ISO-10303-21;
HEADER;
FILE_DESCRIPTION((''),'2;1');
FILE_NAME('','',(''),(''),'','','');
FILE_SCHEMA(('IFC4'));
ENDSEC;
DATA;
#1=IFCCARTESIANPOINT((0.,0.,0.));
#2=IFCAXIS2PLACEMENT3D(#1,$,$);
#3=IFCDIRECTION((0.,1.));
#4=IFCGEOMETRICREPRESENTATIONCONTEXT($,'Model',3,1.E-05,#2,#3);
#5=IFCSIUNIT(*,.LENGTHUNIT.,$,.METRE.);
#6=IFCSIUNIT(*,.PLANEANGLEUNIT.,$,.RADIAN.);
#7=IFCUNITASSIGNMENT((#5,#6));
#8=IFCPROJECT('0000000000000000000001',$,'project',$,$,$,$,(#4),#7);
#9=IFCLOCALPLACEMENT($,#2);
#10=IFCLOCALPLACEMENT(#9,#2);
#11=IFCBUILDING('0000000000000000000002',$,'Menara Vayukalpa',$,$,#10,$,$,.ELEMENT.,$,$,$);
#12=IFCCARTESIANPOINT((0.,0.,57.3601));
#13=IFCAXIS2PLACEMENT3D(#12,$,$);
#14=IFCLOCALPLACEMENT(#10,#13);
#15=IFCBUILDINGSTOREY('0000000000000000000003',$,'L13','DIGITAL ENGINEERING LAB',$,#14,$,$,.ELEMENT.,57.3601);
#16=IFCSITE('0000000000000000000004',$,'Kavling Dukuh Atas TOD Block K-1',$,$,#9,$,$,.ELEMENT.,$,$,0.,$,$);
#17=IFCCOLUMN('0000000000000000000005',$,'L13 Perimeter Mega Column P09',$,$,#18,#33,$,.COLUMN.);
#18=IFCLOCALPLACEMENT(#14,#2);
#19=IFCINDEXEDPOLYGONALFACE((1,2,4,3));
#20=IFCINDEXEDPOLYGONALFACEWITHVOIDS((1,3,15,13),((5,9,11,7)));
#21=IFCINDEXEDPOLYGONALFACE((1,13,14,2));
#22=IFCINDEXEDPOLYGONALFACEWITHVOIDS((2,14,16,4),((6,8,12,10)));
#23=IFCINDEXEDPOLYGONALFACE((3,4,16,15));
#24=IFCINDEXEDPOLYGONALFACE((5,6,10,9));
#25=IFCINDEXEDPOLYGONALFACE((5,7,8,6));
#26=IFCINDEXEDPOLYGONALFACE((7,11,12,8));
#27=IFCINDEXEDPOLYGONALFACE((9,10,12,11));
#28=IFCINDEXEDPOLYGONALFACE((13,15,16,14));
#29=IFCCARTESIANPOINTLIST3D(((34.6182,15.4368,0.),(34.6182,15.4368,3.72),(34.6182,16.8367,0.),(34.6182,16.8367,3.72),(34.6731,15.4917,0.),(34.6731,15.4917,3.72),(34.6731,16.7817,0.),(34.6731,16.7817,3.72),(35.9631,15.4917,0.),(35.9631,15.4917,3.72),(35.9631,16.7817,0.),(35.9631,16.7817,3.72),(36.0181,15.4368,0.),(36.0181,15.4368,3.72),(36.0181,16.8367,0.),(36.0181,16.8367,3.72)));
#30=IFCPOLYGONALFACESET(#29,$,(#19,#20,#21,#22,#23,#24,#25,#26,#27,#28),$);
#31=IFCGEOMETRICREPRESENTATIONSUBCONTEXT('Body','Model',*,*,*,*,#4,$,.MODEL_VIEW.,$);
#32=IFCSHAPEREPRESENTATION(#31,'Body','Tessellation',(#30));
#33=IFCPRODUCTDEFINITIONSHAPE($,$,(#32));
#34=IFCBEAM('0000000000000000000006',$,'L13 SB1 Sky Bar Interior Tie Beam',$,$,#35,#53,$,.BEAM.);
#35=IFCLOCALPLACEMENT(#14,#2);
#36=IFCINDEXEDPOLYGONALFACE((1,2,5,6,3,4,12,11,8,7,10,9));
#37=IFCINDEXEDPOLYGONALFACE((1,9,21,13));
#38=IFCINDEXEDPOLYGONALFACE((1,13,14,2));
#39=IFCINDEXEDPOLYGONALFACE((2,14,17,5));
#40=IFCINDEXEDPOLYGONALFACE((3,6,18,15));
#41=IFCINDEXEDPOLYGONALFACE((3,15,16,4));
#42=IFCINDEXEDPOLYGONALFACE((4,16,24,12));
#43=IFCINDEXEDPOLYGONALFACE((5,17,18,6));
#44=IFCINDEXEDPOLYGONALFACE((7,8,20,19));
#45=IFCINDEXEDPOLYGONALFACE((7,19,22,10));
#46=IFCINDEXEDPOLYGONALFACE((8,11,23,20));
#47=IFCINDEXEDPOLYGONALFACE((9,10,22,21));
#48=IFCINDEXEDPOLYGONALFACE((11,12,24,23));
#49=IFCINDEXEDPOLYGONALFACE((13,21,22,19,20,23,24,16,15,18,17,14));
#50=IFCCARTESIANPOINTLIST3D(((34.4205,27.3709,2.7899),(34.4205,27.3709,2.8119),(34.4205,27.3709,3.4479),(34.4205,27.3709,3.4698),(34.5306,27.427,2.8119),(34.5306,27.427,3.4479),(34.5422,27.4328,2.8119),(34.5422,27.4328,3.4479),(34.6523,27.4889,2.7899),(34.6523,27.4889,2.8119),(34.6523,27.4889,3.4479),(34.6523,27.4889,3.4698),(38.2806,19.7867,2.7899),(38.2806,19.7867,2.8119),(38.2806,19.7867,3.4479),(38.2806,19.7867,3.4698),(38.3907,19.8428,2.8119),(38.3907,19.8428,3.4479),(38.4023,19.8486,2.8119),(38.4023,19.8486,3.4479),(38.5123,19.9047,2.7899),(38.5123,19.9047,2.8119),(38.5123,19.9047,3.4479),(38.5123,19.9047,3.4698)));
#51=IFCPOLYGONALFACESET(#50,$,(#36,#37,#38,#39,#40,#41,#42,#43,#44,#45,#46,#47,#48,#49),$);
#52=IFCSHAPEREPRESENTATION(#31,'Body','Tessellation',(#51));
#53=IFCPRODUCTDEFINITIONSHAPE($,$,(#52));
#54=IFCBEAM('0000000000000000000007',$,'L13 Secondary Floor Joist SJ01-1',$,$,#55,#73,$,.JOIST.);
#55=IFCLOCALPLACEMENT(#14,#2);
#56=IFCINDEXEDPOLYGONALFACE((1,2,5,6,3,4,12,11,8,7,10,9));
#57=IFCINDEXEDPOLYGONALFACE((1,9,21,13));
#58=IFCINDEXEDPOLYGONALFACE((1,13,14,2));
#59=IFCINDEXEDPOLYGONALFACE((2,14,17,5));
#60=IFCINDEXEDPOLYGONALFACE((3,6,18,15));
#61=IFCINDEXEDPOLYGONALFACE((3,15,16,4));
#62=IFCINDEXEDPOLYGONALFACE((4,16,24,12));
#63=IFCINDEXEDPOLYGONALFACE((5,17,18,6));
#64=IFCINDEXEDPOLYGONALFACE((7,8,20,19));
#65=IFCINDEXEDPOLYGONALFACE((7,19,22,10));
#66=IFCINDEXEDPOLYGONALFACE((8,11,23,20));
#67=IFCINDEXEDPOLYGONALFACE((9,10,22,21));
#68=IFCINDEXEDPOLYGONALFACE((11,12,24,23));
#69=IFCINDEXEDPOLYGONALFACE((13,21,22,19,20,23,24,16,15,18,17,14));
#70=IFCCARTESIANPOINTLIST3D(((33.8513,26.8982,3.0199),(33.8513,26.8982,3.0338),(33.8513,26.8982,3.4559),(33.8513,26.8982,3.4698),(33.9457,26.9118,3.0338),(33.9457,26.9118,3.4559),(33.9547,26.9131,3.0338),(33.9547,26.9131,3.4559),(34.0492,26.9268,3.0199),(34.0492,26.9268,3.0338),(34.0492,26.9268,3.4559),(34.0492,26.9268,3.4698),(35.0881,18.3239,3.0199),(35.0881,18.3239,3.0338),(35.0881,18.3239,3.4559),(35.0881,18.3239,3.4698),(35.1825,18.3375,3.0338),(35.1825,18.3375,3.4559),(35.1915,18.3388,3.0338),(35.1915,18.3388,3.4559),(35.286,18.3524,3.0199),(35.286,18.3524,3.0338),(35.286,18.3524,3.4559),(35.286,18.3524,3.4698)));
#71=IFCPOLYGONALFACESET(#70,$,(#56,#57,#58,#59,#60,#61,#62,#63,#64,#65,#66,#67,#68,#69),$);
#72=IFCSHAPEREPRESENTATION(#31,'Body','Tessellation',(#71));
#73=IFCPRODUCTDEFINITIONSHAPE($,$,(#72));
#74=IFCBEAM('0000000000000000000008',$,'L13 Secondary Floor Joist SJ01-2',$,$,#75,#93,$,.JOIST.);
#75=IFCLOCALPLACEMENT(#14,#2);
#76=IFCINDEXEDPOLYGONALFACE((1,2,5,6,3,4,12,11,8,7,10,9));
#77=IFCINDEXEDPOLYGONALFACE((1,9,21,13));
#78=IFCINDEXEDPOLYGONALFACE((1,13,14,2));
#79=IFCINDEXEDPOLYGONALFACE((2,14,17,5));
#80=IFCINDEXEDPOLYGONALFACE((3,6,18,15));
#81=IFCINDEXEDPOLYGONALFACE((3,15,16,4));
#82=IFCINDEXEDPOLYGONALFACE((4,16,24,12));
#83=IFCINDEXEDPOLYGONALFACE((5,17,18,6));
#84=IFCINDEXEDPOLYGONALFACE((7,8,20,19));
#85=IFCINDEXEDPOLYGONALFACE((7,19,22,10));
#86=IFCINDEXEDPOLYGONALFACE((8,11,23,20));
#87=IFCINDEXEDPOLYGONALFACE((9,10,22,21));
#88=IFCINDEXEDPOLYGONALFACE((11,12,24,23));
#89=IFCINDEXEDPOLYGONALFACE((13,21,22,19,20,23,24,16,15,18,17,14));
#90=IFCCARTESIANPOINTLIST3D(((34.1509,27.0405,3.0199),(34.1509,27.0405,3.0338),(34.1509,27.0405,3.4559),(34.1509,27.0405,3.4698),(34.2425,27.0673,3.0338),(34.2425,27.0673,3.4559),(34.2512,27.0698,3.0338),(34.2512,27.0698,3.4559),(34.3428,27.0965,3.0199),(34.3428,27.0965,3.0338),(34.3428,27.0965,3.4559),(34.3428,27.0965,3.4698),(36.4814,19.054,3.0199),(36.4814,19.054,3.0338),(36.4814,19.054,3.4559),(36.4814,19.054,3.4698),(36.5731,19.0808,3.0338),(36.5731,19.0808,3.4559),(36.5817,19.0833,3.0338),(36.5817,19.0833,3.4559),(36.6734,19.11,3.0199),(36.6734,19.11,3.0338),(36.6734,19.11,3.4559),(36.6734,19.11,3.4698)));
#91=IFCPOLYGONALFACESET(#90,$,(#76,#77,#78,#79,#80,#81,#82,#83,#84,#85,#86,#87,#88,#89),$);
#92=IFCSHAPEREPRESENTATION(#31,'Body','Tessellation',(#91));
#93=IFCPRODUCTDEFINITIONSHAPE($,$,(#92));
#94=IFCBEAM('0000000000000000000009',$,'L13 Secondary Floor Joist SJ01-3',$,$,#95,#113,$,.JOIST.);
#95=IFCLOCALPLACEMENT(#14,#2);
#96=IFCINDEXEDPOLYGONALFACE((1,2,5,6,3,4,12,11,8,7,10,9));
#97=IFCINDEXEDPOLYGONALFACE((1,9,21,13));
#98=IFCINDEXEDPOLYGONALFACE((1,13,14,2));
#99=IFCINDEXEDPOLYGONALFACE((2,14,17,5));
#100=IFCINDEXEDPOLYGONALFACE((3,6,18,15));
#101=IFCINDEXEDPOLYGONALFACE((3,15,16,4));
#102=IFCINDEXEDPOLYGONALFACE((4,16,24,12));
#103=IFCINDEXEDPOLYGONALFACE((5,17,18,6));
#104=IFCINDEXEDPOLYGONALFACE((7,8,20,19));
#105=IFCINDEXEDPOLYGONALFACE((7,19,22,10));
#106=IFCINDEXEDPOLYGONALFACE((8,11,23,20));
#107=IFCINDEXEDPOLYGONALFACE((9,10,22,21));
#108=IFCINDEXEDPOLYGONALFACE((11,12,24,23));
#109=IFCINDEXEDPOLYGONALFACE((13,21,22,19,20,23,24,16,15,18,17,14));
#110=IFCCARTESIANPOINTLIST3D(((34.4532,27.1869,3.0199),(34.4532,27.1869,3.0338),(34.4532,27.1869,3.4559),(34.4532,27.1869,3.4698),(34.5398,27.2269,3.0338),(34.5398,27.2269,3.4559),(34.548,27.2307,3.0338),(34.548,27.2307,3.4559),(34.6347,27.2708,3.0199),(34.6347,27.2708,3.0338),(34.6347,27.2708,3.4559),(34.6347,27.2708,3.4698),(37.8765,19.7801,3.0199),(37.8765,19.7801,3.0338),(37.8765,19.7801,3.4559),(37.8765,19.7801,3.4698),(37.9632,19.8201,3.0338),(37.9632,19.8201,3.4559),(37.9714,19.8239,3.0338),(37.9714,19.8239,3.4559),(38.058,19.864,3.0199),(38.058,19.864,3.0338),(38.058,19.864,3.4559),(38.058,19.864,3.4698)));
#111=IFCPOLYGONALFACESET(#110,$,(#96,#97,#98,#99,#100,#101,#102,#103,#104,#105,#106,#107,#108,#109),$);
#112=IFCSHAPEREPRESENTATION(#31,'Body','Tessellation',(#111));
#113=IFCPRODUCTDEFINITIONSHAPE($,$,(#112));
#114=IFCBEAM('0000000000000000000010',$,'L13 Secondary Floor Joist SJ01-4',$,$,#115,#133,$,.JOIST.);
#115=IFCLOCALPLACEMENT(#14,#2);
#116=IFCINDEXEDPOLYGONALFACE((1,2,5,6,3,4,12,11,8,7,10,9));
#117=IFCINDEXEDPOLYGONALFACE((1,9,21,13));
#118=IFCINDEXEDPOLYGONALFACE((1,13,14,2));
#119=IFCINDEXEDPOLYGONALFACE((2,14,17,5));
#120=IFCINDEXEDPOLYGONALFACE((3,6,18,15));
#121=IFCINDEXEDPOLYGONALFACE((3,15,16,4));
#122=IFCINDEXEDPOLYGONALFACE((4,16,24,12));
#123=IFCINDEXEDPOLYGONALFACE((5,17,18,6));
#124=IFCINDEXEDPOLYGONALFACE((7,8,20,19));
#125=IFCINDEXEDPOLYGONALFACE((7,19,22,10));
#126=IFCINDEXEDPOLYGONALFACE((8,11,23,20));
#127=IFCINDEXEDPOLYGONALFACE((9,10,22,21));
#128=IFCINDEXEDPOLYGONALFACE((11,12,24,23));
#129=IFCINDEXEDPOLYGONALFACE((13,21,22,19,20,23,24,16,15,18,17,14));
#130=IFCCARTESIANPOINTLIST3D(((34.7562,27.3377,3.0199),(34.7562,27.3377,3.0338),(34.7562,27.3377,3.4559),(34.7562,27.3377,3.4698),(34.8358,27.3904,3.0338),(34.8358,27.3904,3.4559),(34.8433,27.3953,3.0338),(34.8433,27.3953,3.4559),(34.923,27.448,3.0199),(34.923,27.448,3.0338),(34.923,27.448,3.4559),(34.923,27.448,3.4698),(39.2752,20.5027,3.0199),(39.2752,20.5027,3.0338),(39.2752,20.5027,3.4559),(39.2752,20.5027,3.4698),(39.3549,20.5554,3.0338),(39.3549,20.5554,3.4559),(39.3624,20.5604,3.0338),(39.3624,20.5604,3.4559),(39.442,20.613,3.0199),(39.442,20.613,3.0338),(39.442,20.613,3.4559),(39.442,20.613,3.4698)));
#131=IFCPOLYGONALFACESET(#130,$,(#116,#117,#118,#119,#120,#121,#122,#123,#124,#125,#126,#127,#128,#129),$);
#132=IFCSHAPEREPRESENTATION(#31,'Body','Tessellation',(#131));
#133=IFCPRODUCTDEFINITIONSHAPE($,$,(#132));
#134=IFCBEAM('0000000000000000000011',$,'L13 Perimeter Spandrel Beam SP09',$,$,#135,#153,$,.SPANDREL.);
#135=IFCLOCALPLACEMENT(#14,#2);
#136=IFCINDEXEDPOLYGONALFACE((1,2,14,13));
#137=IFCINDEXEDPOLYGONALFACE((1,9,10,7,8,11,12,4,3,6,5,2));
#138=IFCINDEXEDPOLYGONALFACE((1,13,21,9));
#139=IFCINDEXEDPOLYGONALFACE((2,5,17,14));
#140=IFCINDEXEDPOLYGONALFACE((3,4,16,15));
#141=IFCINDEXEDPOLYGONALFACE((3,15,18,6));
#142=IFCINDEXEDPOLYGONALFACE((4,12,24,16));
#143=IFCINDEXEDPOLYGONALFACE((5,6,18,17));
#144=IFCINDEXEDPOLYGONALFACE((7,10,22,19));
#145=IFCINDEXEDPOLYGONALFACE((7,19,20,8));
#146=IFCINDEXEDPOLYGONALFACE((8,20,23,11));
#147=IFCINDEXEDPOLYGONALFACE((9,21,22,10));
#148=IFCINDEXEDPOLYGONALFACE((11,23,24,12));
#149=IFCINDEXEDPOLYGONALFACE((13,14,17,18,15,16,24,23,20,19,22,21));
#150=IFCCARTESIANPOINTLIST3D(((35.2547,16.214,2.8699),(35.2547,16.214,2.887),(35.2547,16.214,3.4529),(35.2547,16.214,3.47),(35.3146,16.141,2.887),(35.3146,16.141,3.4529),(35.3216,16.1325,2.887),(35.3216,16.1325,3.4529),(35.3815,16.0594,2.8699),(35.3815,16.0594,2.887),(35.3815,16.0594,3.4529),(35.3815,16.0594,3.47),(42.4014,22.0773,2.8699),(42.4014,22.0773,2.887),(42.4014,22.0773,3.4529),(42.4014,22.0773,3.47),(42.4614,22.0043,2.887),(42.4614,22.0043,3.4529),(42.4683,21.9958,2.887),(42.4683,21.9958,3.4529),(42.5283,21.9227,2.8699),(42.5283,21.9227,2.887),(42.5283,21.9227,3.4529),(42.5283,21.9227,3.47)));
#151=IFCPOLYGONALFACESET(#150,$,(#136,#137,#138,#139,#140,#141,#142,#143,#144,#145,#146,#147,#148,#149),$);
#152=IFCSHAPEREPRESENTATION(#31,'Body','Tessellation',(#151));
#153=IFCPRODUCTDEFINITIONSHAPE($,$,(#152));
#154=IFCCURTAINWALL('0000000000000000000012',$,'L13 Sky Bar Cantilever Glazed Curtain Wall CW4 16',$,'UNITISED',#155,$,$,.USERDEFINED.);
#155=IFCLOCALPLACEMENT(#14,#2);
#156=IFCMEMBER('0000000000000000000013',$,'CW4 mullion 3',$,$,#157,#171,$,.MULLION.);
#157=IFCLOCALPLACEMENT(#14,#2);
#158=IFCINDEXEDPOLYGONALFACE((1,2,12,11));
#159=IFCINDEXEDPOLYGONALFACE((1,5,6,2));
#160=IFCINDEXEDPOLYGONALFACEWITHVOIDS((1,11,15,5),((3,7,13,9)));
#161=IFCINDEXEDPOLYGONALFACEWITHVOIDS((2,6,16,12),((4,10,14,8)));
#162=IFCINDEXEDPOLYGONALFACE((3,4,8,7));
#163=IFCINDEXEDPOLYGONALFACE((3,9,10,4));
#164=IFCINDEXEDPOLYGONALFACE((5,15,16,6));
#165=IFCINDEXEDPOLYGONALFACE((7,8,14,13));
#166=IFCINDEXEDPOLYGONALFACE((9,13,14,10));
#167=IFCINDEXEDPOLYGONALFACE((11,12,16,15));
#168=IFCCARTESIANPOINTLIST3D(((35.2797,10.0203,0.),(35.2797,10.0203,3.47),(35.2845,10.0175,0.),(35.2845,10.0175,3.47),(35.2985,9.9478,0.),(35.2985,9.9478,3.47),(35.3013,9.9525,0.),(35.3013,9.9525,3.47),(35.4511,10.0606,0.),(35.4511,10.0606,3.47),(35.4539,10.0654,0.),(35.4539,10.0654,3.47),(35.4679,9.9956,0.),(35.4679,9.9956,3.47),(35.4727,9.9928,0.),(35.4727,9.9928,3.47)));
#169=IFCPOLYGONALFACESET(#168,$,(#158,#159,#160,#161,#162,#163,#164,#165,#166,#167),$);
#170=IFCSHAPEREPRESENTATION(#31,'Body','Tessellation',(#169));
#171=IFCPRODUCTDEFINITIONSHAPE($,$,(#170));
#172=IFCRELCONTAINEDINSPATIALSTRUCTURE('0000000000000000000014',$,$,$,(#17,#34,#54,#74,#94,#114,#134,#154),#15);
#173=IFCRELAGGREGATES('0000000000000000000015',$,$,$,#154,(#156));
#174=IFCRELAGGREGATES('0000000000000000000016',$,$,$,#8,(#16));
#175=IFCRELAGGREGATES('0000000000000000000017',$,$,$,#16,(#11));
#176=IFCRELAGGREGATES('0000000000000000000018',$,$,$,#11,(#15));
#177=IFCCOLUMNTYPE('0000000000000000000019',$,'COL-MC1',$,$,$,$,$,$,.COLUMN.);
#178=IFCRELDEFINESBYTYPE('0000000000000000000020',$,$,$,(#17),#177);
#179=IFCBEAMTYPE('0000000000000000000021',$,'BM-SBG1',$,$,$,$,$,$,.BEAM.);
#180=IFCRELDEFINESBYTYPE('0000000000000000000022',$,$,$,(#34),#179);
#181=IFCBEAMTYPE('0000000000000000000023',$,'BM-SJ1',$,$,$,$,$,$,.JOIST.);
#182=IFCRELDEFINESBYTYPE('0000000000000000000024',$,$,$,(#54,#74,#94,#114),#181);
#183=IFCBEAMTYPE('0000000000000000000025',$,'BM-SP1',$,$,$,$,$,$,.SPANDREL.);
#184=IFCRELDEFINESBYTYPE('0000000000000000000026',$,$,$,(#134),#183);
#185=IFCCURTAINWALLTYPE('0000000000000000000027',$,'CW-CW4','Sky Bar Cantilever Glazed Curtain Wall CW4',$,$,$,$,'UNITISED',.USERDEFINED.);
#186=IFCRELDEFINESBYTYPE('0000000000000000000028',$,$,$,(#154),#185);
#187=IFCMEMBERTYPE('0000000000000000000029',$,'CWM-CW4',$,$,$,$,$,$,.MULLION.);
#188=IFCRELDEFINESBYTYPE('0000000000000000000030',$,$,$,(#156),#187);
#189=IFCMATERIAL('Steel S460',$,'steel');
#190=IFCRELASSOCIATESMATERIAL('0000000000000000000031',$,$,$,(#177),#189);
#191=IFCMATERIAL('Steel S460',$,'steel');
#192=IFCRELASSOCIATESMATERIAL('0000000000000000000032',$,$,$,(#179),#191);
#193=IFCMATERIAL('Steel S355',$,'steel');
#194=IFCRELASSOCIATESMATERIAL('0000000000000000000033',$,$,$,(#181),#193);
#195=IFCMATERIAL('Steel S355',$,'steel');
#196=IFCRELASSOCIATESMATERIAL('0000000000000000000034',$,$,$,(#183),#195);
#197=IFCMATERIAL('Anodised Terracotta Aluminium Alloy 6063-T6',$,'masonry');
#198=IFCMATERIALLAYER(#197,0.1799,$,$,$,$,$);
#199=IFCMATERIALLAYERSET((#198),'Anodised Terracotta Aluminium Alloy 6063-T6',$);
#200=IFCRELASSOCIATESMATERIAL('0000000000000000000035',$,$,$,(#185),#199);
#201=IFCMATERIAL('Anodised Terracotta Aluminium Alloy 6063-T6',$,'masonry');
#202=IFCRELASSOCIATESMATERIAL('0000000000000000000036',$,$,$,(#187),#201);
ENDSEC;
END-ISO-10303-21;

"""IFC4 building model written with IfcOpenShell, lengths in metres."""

from ifc_helpers import new_model, si_unit, direction, frame, origin, origin_2d, place, context, subcontext, project, spatial, hollow_rectangle, i_section, extrude, material, layer, layer_set, material_profile, profile_set, type_object, element, aggregate, save


model = new_model("IFC4")

# Units and contexts
model_context = context("Model", 3, precision=1e-05, world=origin(), true_north=direction((0.0, 1.0)))
body_context = subcontext(model_context, "Body", "Model", "MODEL_VIEW")
ifc_project = project(units=[si_unit("LENGTHUNIT", "METRE"), si_unit("PLANEANGLEUNIT", "RADIAN")], contexts=[model_context])

# Site, building, storey
site_placement = place(None, origin())
site = spatial("IfcSite", under=ifc_project, at=site_placement, Name="Kavling Dukuh Atas TOD Block K-1", CompositionType="ELEMENT", RefElevation=0.0)
building_placement = place(site_placement, origin())
building = spatial("IfcBuilding", under=site, at=building_placement, Name="Menara Vayukalpa", CompositionType="ELEMENT")
storey_placement = place(building_placement, frame((0.0, 0.0, 57.3601)))
storey = spatial("IfcBuildingStorey", under=building, at=storey_placement, Name="L13", Description="DIGITAL ENGINEERING LAB", CompositionType="ELEMENT", Elevation=57.3601)

# Column
ifc_material_1 = material(Name="Steel S460", Category="steel")
ifc_material_profile_1 = material_profile(ifc_material_1, hollow_rectangle(XDim=1.3999, YDim=1.3999, WallThickness=0.0549, at=origin_2d()), Name="BOX 1400x1400x55")
ifc_profile_set_1 = profile_set([ifc_material_profile_1], Name="Steel S460")
column_type = type_object("IfcColumnType", Name="COL-MC1", PredefinedType="COLUMN", material=ifc_profile_set_1)
column_placement = place(storey_placement, frame((35.3181, 16.1367, 0.0), z_axis=(0.0, 0.0, 1.0), x_axis=(1.0, 0.0, 0.0)))
element("IfcColumn", 1, at=column_placement, inside=storey, type_object=column_type, Name="L13 Perimeter Mega Column P09", PredefinedType="COLUMN", context=body_context, shape_type="SweptSolid", body=[
    extrude(hollow_rectangle(XDim=1.3999, YDim=1.3999, WallThickness=0.0549, at=origin_2d()), origin(), (0.0, 0.0, 1.0), 3.72),
])

# Beams
ifc_material_2 = material(Name="Steel S460", Category="steel")
ifc_material_profile_2 = material_profile(ifc_material_2, i_section(OverallWidth=0.26, OverallDepth=0.6799, WebThickness=0.0129, FlangeThickness=0.022, at=origin_2d()), Name="WF 680x260x13x22")
ifc_profile_set_2 = profile_set([ifc_material_profile_2], Name="Steel S460")
beam_type_1 = type_object("IfcBeamType", Name="BM-SBG1", PredefinedType="BEAM", material=ifc_profile_set_2)
beam_1_placement = place(storey_placement, frame((38.3965, 19.8457, 3.1299), z_axis=(-0.453594, 0.891208, 0.0), x_axis=(-0.891208, -0.453594, 0.0)))
element("IfcBeam", 2, at=beam_1_placement, inside=storey, type_object=beam_type_1, Name="L13 SB1 Sky Bar Interior Tie Beam", PredefinedType="BEAM", context=body_context, shape_type="SweptSolid", body=[
    extrude(i_section(OverallWidth=0.26, OverallDepth=0.6799, WebThickness=0.0129, FlangeThickness=0.022, at=origin_2d()), origin(), (0.0, 0.0, 1.0), 8.51),
])
ifc_material_3 = material(Name="Steel S355", Category="steel")
ifc_material_profile_3 = material_profile(ifc_material_3, i_section(OverallWidth=0.2, OverallDepth=0.45, WebThickness=0.009, FlangeThickness=0.0139, at=origin_2d()), Name="WF 450x200x9x14")
ifc_profile_set_3 = profile_set([ifc_material_profile_3], Name="Steel S355")
beam_type_2 = type_object("IfcBeamType", Name="BM-SJ1", PredefinedType="JOIST", material=ifc_profile_set_3)
beam_2_placement = place(storey_placement, frame((35.187, 18.3381, 3.2449), z_axis=(-0.142767, 0.989756, 0.0), x_axis=(-0.989756, -0.142767, 0.0)))
element("IfcBeam", 3, at=beam_2_placement, inside=storey, type_object=beam_type_2, Name="L13 Secondary Floor Joist SJ01-1", PredefinedType="JOIST", context=body_context, shape_type="SweptSolid", body=[
    extrude(i_section(OverallWidth=0.2, OverallDepth=0.45, WebThickness=0.009, FlangeThickness=0.0139, at=origin_2d()), origin(), (0.0, 0.0, 1.0), 8.6631),
])
beam_3_placement = place(storey_placement, frame((36.5774, 19.082, 3.2449), z_axis=(-0.280127, 0.959963, 0.0), x_axis=(-0.959963, -0.280127, 0.0)))
element("IfcBeam", 4, at=beam_3_placement, inside=storey, type_object=beam_type_2, Name="L13 Secondary Floor Joist SJ01-2", PredefinedType="JOIST", context=body_context, shape_type="SweptSolid", body=[
    extrude(i_section(OverallWidth=0.2, OverallDepth=0.45, WebThickness=0.009, FlangeThickness=0.0139, at=origin_2d()), origin(), (0.0, 0.0, 1.0), 8.3196),
])
beam_4_placement = place(storey_placement, frame((37.9673, 19.822, 3.2449), z_axis=(-0.419548, 0.907733, 0.0), x_axis=(-0.907733, -0.419548, 0.0)))
element("IfcBeam", 5, at=beam_4_placement, inside=storey, type_object=beam_type_2, Name="L13 Secondary Floor Joist SJ01-3", PredefinedType="JOIST", context=body_context, shape_type="SweptSolid", body=[
    extrude(i_section(OverallWidth=0.2, OverallDepth=0.45, WebThickness=0.009, FlangeThickness=0.0139, at=origin_2d()), origin(), (0.0, 0.0, 1.0), 8.1597),
])
beam_5_placement = place(storey_placement, frame((39.3586, 20.5579, 3.2449), z_axis=(-0.551519, 0.834162, 0.0), x_axis=(-0.834162, -0.551519, 0.0)))
element("IfcBeam", 6, at=beam_5_placement, inside=storey, type_object=beam_type_2, Name="L13 Secondary Floor Joist SJ01-4", PredefinedType="JOIST", context=body_context, shape_type="SweptSolid", body=[
    extrude(i_section(OverallWidth=0.2, OverallDepth=0.45, WebThickness=0.009, FlangeThickness=0.0139, at=origin_2d()), origin(), (0.0, 0.0, 1.0), 8.1938),
])
ifc_material_4 = material(Name="Steel S355", Category="steel")
ifc_material_profile_4 = material_profile(ifc_material_4, i_section(OverallWidth=0.2, OverallDepth=0.6001, WebThickness=0.011, FlangeThickness=0.0171, at=origin_2d()), Name="WF 600x200x11x17")
ifc_profile_set_4 = profile_set([ifc_material_profile_4], Name="Steel S355")
beam_type_3 = type_object("IfcBeamType", Name="BM-SP1", PredefinedType="SPANDREL", material=ifc_profile_set_4)
beam_6_placement = place(storey_placement, frame((35.3181, 16.1367, 3.1699), z_axis=(0.773111, 0.634271, 0.0), x_axis=(-0.634271, 0.773111, 0.0)))
element("IfcBeam", 7, at=beam_6_placement, inside=storey, type_object=beam_type_3, Name="L13 Perimeter Spandrel Beam SP09", PredefinedType="SPANDREL", context=body_context, shape_type="SweptSolid", body=[
    extrude(i_section(OverallWidth=0.2, OverallDepth=0.6001, WebThickness=0.011, FlangeThickness=0.0171, at=origin_2d()), origin(), (0.0, 0.0, 1.0), 9.2441),
])

# Curtain wall, member
ifc_material_5 = material(Name="Anodised Terracotta Aluminium Alloy 6063-T6", Category="masonry")
ifc_layer_1 = layer(ifc_material_5, 0.1799)
ifc_layer_set_1 = layer_set([ifc_layer_1], Name="Anodised Terracotta Aluminium Alloy 6063-T6")
curtain_wall_type = type_object("IfcCurtainWallType", Name="CW-CW4", Description="Sky Bar Cantilever Glazed Curtain Wall CW4", ElementType="UNITISED", PredefinedType="USERDEFINED", material=ifc_layer_set_1)
curtain_wall_1_placement = place(storey_placement, origin())
curtain_wall_1 = element("IfcCurtainWall", 8, at=curtain_wall_1_placement, inside=storey, type_object=curtain_wall_type, Name="L13 Sky Bar Cantilever Glazed Curtain Wall CW4 16", ObjectType="UNITISED", PredefinedType="USERDEFINED")
ifc_material_6 = material(Name="Anodised Terracotta Aluminium Alloy 6063-T6", Category="masonry")
ifc_material_profile_5 = material_profile(ifc_material_6, hollow_rectangle(XDim=0.075, YDim=0.1799, WallThickness=0.0039, at=origin_2d()), Name="ALU 75x180x4")
ifc_profile_set_5 = profile_set([ifc_material_profile_5], Name="Anodised Terracotta Aluminium Alloy 6063-T6")
member_type_1 = type_object("IfcMemberType", Name="CWM-CW4", PredefinedType="MULLION", material=ifc_profile_set_5)
member_1_placement = place(storey_placement, frame((35.3762, 10.0066, 0.0), z_axis=(0.0, 0.0, 1.0), x_axis=(-0.250403, 0.968142, 0.0)))
member_1 = element("IfcMember", 9, at=member_1_placement, type_object=member_type_1, Name="CW4 mullion 3", PredefinedType="MULLION", context=body_context, shape_type="SweptSolid", body=[
    extrude(hollow_rectangle(XDim=0.075, YDim=0.1799, WallThickness=0.0039, at=origin_2d()), origin(), (0.0, 0.0, 1.0), 3.47),
])

aggregate(curtain_wall_1, [member_1])

save(model, "model.ifc")
